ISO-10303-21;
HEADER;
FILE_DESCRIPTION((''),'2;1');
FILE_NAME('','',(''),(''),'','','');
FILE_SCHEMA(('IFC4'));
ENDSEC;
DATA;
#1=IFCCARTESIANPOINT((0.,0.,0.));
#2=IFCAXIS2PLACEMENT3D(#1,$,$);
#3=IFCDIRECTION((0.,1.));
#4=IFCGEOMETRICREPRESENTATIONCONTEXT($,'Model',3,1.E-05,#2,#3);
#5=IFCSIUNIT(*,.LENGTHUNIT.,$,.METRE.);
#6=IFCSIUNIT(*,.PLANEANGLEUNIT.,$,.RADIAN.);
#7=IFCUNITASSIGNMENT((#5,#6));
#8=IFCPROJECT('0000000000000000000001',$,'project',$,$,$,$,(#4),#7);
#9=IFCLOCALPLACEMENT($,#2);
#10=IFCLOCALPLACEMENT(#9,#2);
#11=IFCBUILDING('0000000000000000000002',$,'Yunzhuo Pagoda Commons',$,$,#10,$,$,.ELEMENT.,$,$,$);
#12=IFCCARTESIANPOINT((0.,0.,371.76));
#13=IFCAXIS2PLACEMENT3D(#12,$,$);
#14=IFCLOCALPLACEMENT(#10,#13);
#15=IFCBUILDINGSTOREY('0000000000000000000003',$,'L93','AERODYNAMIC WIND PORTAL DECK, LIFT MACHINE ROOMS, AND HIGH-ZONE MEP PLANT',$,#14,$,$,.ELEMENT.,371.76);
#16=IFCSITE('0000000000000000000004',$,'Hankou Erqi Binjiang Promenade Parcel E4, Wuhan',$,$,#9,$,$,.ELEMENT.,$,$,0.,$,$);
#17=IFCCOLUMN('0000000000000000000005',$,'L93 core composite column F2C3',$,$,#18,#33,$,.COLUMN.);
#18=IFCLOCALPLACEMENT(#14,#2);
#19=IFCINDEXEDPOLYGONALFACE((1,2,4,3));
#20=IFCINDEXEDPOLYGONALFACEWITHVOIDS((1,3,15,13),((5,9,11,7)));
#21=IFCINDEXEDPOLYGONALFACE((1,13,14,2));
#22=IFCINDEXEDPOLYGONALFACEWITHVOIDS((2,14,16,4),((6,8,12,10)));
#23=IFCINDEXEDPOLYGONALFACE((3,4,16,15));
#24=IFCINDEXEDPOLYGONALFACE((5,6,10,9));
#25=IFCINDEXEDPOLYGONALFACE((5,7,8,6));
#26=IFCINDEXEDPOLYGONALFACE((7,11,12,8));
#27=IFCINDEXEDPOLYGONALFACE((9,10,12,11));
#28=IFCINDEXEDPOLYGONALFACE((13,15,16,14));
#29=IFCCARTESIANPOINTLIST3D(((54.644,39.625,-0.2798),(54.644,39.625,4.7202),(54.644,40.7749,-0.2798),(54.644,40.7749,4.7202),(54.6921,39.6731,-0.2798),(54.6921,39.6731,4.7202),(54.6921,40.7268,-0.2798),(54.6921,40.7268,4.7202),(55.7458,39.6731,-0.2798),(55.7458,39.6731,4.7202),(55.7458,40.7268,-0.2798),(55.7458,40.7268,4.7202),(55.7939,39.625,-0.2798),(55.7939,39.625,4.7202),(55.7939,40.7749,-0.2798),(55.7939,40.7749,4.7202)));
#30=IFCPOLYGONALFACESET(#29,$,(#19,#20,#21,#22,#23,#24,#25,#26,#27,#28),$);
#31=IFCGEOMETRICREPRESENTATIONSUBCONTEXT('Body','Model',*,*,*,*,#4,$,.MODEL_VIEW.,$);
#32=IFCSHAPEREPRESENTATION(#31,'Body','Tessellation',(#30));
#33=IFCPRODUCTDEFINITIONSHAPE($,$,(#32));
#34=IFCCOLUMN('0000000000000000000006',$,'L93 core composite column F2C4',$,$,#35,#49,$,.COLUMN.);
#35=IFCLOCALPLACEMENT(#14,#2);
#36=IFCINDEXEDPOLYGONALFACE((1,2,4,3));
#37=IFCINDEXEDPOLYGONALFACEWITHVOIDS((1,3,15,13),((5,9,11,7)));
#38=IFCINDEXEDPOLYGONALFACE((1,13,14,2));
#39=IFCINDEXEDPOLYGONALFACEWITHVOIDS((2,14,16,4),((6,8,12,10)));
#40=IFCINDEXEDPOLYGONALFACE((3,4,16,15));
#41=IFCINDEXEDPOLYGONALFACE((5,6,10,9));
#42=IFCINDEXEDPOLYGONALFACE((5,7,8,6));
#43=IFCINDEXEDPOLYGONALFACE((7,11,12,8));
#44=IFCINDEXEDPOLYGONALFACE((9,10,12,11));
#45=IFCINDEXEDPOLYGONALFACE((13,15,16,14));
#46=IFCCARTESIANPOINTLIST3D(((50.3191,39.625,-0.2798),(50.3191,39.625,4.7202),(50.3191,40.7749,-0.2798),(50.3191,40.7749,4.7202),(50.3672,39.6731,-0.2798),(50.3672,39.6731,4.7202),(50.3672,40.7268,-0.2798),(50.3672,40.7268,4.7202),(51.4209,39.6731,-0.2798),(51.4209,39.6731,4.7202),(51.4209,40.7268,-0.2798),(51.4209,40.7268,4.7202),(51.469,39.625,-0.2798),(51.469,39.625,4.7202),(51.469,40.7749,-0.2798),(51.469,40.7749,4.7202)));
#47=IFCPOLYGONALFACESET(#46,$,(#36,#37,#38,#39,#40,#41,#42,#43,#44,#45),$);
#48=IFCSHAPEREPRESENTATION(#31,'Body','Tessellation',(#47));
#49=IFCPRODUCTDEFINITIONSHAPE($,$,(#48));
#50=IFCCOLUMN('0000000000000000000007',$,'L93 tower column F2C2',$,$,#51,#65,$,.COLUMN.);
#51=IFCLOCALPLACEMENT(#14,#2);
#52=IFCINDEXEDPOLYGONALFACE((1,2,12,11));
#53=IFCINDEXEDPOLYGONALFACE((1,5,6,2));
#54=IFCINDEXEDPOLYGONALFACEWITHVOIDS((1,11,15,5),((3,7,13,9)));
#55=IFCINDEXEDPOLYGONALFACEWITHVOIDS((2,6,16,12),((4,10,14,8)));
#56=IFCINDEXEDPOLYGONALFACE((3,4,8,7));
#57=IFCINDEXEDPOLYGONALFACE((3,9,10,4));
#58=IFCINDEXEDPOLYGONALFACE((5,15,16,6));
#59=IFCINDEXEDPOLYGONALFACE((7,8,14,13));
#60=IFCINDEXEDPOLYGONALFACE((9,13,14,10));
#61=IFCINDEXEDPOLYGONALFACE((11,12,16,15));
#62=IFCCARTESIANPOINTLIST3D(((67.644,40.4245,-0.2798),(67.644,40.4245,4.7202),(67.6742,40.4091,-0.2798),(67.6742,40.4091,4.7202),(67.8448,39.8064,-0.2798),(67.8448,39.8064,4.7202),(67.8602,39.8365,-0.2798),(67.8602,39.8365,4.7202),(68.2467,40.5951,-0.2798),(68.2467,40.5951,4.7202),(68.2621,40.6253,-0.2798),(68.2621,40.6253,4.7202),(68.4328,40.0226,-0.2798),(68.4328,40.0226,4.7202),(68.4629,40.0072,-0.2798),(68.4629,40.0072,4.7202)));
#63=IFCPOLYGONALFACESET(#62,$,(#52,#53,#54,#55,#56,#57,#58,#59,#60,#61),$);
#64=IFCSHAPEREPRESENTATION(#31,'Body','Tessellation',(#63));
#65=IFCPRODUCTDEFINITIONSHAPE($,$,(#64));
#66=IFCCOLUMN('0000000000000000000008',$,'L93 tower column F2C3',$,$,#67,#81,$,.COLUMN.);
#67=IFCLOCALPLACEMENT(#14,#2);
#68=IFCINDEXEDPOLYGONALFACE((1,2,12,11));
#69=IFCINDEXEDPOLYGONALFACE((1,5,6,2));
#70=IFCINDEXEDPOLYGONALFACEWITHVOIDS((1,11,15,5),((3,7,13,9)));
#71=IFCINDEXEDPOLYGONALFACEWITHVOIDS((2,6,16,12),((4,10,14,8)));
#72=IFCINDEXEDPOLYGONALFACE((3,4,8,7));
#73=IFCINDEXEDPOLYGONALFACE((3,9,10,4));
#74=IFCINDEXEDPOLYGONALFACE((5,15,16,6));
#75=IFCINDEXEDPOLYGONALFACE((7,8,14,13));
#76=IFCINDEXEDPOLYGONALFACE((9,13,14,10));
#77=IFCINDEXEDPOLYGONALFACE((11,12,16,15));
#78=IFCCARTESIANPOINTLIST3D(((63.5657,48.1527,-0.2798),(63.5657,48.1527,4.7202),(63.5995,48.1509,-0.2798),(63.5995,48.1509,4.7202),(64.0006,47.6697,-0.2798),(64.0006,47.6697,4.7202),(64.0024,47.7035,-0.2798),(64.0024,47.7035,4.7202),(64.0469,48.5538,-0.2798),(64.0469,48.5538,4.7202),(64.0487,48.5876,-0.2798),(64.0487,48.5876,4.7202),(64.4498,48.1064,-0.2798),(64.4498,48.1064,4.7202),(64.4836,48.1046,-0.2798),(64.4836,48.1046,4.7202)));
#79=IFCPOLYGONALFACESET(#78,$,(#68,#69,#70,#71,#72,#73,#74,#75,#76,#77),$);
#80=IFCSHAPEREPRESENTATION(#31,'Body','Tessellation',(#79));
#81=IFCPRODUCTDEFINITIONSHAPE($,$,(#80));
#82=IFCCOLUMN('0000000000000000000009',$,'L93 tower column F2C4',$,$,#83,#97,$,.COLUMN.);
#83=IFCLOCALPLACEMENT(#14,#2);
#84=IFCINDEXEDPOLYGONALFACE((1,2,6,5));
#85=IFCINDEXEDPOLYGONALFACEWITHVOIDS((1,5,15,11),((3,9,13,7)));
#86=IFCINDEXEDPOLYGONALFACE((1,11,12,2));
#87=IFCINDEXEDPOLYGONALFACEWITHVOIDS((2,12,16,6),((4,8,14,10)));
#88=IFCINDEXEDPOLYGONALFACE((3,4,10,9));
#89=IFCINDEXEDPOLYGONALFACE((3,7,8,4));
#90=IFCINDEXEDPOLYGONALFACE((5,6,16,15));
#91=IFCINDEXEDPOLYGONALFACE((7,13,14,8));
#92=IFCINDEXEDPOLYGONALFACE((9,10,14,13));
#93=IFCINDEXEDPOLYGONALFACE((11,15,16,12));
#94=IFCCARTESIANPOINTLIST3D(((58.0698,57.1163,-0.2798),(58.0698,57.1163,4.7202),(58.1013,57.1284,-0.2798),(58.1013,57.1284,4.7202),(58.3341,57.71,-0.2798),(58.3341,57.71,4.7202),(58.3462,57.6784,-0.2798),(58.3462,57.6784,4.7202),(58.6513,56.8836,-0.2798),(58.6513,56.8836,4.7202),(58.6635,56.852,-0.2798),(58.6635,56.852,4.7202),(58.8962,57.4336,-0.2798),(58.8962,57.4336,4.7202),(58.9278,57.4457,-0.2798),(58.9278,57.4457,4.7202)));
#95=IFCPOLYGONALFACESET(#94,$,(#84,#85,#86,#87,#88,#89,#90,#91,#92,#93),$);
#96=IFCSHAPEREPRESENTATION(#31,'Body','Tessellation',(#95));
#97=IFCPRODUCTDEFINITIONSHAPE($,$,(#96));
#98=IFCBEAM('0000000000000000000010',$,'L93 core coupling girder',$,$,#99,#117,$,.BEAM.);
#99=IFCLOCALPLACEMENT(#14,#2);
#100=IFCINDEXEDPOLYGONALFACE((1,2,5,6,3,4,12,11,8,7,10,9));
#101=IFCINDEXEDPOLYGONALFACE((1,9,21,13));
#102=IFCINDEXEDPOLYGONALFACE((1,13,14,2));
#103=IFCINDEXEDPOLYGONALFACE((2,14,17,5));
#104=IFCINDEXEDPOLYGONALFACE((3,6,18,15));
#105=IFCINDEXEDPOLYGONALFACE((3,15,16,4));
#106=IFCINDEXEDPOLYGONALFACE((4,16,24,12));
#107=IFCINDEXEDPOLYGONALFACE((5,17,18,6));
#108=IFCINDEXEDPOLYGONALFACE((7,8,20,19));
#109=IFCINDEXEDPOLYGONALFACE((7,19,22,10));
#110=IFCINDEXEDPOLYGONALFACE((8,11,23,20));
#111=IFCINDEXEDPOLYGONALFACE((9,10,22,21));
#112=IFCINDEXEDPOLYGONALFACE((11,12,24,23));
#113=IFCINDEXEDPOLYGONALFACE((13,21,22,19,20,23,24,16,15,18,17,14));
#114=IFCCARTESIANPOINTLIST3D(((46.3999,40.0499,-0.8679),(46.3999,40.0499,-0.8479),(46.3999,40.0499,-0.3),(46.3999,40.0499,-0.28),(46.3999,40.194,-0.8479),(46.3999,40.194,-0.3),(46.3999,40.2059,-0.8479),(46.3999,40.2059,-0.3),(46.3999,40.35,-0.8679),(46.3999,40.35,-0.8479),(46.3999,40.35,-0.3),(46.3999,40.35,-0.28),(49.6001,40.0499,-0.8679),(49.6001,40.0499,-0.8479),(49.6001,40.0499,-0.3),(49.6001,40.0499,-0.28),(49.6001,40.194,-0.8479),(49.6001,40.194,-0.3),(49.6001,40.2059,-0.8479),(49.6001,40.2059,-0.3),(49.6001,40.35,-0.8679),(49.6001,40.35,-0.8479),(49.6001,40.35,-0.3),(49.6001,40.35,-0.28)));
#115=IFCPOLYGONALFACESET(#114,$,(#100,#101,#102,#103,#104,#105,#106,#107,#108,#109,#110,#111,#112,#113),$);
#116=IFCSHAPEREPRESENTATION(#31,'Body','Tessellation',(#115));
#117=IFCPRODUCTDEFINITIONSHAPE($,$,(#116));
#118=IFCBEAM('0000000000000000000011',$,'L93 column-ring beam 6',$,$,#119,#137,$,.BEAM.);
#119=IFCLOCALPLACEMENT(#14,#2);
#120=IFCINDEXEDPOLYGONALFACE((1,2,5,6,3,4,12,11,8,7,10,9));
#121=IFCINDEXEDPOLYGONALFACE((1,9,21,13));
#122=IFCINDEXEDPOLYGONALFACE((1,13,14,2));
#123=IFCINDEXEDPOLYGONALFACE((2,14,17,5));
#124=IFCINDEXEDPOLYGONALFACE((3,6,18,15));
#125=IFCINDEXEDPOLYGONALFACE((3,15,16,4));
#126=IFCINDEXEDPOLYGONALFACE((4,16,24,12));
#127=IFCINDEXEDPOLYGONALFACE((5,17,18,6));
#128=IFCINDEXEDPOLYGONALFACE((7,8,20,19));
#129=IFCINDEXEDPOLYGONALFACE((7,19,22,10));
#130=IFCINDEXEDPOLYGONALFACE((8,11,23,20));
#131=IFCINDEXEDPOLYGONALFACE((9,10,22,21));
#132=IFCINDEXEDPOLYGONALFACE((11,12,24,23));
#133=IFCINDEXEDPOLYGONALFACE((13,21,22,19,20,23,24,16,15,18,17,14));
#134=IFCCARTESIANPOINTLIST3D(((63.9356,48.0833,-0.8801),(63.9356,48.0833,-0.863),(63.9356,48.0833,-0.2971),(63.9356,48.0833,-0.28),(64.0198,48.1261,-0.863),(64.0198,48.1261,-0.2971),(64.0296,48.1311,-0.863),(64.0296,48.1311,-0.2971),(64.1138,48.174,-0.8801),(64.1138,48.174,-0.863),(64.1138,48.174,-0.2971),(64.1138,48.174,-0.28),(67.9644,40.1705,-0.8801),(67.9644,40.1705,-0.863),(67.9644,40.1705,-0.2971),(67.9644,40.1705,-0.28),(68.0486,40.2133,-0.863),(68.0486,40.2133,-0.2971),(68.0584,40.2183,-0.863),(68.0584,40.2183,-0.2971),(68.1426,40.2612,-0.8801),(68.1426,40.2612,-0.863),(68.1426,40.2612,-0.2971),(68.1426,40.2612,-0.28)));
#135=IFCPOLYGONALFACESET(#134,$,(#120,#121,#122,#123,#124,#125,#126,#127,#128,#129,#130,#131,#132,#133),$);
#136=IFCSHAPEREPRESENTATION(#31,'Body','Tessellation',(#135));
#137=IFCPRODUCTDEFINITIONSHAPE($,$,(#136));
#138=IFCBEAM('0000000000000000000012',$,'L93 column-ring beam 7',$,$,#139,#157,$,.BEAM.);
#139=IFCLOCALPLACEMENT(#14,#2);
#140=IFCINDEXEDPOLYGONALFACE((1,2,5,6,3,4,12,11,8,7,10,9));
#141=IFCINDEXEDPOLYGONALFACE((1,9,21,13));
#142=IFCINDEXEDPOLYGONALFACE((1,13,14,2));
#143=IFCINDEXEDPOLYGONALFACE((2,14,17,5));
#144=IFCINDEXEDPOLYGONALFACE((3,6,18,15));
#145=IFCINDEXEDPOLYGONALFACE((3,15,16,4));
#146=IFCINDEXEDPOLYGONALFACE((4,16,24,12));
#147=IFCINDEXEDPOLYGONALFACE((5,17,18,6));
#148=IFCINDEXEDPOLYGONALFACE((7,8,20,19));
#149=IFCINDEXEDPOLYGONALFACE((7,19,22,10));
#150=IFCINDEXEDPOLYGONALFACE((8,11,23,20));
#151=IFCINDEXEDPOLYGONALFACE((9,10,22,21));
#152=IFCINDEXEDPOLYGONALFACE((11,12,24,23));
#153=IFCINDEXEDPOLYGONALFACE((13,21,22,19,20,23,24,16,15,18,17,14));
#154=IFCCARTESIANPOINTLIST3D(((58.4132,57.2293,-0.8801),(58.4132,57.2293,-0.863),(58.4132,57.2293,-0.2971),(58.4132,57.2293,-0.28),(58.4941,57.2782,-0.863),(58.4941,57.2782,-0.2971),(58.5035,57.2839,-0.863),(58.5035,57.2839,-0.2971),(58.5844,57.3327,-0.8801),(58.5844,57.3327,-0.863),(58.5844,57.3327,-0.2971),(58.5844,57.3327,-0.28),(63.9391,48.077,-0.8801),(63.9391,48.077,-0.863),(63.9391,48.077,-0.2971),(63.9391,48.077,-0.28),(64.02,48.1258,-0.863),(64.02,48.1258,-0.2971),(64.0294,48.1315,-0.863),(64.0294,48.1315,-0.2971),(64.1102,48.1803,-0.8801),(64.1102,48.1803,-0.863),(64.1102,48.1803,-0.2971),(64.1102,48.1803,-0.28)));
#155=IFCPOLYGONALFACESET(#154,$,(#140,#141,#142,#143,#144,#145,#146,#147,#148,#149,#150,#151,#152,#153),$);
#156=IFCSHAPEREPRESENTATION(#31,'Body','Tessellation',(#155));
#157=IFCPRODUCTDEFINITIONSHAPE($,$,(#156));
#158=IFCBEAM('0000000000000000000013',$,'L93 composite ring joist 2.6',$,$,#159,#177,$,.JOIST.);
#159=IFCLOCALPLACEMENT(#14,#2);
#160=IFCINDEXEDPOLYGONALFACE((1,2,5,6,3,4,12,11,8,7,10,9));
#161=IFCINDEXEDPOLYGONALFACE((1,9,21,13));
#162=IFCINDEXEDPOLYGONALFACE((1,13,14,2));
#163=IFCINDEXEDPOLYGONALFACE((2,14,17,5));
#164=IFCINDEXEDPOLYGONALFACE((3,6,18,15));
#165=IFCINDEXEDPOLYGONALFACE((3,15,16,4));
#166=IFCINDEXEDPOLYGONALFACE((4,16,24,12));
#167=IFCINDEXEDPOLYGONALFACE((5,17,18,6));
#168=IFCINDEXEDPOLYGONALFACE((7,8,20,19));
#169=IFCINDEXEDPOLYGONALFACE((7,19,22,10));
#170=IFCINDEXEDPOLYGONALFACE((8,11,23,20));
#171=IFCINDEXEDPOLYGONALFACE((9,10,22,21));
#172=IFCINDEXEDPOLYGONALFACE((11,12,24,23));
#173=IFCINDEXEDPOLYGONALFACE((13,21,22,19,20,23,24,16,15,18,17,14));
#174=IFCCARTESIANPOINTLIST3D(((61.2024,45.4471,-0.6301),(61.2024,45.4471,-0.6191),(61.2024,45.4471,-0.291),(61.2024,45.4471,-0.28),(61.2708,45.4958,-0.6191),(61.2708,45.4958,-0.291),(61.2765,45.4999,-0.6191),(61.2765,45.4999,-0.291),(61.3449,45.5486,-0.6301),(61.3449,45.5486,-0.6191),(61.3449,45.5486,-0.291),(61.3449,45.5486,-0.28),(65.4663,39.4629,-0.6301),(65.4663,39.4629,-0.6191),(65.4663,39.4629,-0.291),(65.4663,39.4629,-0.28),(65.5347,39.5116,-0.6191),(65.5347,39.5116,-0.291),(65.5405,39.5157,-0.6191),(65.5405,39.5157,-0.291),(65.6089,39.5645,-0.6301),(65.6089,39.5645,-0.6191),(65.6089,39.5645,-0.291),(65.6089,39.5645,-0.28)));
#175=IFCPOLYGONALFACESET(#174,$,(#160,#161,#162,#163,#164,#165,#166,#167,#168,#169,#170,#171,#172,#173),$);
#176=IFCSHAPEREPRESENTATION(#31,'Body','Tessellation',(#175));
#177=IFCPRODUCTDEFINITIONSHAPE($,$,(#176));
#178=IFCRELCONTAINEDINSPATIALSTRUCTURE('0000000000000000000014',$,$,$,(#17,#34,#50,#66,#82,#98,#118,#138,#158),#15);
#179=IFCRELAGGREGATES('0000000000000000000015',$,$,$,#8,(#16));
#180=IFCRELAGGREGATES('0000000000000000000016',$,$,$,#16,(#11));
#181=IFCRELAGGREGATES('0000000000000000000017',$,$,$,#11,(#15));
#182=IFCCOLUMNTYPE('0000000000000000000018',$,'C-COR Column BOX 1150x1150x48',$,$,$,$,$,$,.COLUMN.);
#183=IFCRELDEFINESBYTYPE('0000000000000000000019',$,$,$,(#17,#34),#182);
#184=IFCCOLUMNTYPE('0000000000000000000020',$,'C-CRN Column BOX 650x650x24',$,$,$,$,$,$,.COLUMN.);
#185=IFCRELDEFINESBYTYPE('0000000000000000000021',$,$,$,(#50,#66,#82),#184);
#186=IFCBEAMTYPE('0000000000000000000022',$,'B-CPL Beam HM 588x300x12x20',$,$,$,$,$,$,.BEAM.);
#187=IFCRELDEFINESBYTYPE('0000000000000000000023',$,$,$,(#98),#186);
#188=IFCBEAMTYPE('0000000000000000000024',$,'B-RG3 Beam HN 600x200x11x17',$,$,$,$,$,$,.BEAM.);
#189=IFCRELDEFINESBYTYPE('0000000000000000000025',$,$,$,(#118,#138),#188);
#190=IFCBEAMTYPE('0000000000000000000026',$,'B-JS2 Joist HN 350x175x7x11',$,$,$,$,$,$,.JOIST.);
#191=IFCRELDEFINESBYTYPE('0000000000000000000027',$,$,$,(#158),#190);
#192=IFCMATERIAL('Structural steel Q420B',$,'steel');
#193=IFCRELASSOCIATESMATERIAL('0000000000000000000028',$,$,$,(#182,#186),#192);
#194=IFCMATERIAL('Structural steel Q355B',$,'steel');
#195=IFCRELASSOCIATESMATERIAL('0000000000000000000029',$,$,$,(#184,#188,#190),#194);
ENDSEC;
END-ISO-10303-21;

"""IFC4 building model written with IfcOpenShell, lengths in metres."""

from ifc_helpers import new_model, si_unit, direction, frame, origin, origin_2d, place, context, subcontext, project, spatial, hollow_rectangle, i_section, extrude, source, transform, mapped, material, material_profile, profile_set, type_object, element, save


model = new_model("IFC4")

# Units and contexts
model_context = context("Model", 3, precision=1e-05, world=origin(), true_north=direction((0.0, 1.0)))
body_context = subcontext(model_context, "Body", "Model", "MODEL_VIEW")
ifc_project = project(units=[si_unit("LENGTHUNIT", "METRE"), si_unit("PLANEANGLEUNIT", "RADIAN")], contexts=[model_context])

# Site, building, storey
site_placement = place(None, origin())
site = spatial("IfcSite", under=ifc_project, at=site_placement, Name="Hankou Erqi Binjiang Promenade Parcel E4, Wuhan", CompositionType="ELEMENT", RefElevation=0.0)
building_placement = place(site_placement, origin())
building = spatial("IfcBuilding", under=site, at=building_placement, Name="Yunzhuo Pagoda Commons", CompositionType="ELEMENT")
storey_placement = place(building_placement, frame((0.0, 0.0, 371.76)))
storey = spatial("IfcBuildingStorey", under=building, at=storey_placement, Name="L93", Description="AERODYNAMIC WIND PORTAL DECK, LIFT MACHINE ROOMS, AND HIGH-ZONE MEP PLANT", CompositionType="ELEMENT", Elevation=371.76)

# Columns
ifc_material_1 = material(Name="Structural steel Q420B", Category="steel")
ifc_material_profile_1 = material_profile(ifc_material_1, hollow_rectangle(XDim=1.1499, YDim=1.1499, WallThickness=0.0481, at=origin_2d()), Name="Structural steel Q420B")
ifc_profile_set_1 = profile_set([ifc_material_profile_1], Name="Structural steel Q420B")
column_type_1 = type_object("IfcColumnType", Name="C-COR Column BOX 1150x1150x48", PredefinedType="COLUMN", material=ifc_profile_set_1)
shared_shape_1 = source(origin(), body_context, "Body", "SweptSolid", [
    extrude(hollow_rectangle(XDim=1.1499, YDim=1.1499, WallThickness=0.0481, at=origin_2d()), origin(), (0.0, 0.0, 1.0), 5.0),
])
for number, where, z_axis, x_axis, name in (
    (1, (55.219, 40.2, -0.2798), (0.0, 0.0, 1.0), (1.0, 0.0, 0.0), "L93 core composite column F2C3"),
    (2, (50.894, 40.2, -0.2798), (0.0, 0.0, 1.0), (1.0, 0.0, 0.0), "L93 core composite column F2C4"),
):
    element("IfcColumn", number, at=place(storey_placement, frame(where, z_axis=z_axis, x_axis=x_axis)), inside=storey, type_object=column_type_1, Name=name, PredefinedType="COLUMN", context=body_context, shape_type="MappedRepresentation", body=[
        mapped(shared_shape_1, transform((0.0, 0.0, 0.0), scale=1.0)),
    ])
ifc_material_2 = material(Name="Structural steel Q355B", Category="steel")
ifc_material_profile_2 = material_profile(ifc_material_2, hollow_rectangle(XDim=0.6499, YDim=0.6499, WallThickness=0.0239, at=origin_2d()), Name="Structural steel Q355B")
ifc_profile_set_2 = profile_set([ifc_material_profile_2], Name="Structural steel Q355B")
column_type_2 = type_object("IfcColumnType", Name="C-CRN Column BOX 650x650x24", PredefinedType="COLUMN", material=ifc_profile_set_2)
shared_shape_2 = source(origin(), body_context, "Body", "SweptSolid", [
    extrude(hollow_rectangle(XDim=0.6499, YDim=0.6499, WallThickness=0.0239, at=origin_2d()), origin(), (0.0, 0.0, 1.0), 5.0),
])
for number, where, z_axis, x_axis, name in (
    (3, (68.0535, 40.2158, -0.2798), (0.0, 0.0, 1.0), (-0.309017, 0.951057, 0.0), "L93 tower column F2C2"),
    (4, (64.0247, 48.1287, -0.2798), (0.0, 0.0, 1.0), (-0.669131, 0.743145, 0.0), "L93 tower column F2C3"),
    (5, (58.4988, 57.281, -0.2798), (0.0, 0.0, 1.0), (-0.913545, 0.406737, 0.0), "L93 tower column F2C4"),
):
    element("IfcColumn", number, at=place(storey_placement, frame(where, z_axis=z_axis, x_axis=x_axis)), inside=storey, type_object=column_type_2, Name=name, PredefinedType="COLUMN", context=body_context, shape_type="MappedRepresentation", body=[
        mapped(shared_shape_2, transform((0.0, 0.0, 0.0), scale=1.0)),
    ])

# Beams
ifc_material_profile_3 = material_profile(ifc_material_1, i_section(OverallWidth=0.3, OverallDepth=0.5879, WebThickness=0.012, FlangeThickness=0.02, at=origin_2d()), Name="Structural steel Q420B")
ifc_profile_set_3 = profile_set([ifc_material_profile_3], Name="Structural steel Q420B")
beam_type_1 = type_object("IfcBeamType", Name="B-CPL Beam HM 588x300x12x20", PredefinedType="BEAM", material=ifc_profile_set_3)
shared_shape_3 = source(origin(), body_context, "Body", "SweptSolid", [
    extrude(i_section(OverallWidth=0.3, OverallDepth=0.5879, WebThickness=0.012, FlangeThickness=0.02, at=origin_2d()), origin(), (0.0, 0.0, 1.0), 3.2002),
])
beam_1_placement = place(storey_placement, frame((46.3999, 40.2, -0.574), z_axis=(1.0, 0.0, 0.0), x_axis=(0.0, 1.0, 0.0)))
element("IfcBeam", 6, at=beam_1_placement, inside=storey, type_object=beam_type_1, Name="L93 core coupling girder", PredefinedType="BEAM", context=body_context, shape_type="MappedRepresentation", body=[
    mapped(shared_shape_3, transform((0.0, 0.0, 0.0), scale=1.0)),
])
ifc_material_profile_4 = material_profile(ifc_material_2, i_section(OverallWidth=0.2, OverallDepth=0.6001, WebThickness=0.011, FlangeThickness=0.0171, at=origin_2d()), Name="Structural steel Q355B")
ifc_profile_set_4 = profile_set([ifc_material_profile_4], Name="Structural steel Q355B")
beam_type_2 = type_object("IfcBeamType", Name="B-RG3 Beam HN 600x200x11x17", PredefinedType="BEAM", material=ifc_profile_set_4)
shared_shape_4 = source(origin(), body_context, "Body", "SweptSolid", [
    extrude(i_section(OverallWidth=0.2, OverallDepth=0.6001, WebThickness=0.011, FlangeThickness=0.0171, at=origin_2d()), origin(), (0.0, 0.0, 1.0), 8.8794),
])
beam_2_placement = place(storey_placement, frame((68.0535, 40.2158, -0.5801), z_axis=(-0.453724, 0.891142, 0.0), x_axis=(-0.891142, -0.453724, 0.0)))
element("IfcBeam", 7, at=beam_2_placement, inside=storey, type_object=beam_type_2, Name="L93 column-ring beam 6", PredefinedType="BEAM", context=body_context, shape_type="MappedRepresentation", body=[
    mapped(shared_shape_4, transform((0.0, 0.0, 0.0), scale=1.0)),
])
shared_shape_5 = source(origin(), body_context, "Body", "SweptSolid", [
    extrude(i_section(OverallWidth=0.2, OverallDepth=0.6001, WebThickness=0.011, FlangeThickness=0.0171, at=origin_2d()), origin(), (0.0, 0.0, 1.0), 10.6912),
])
beam_3_placement = place(storey_placement, frame((64.0247, 48.1287, -0.5801), z_axis=(-0.516865, 0.856067, 0.0), x_axis=(-0.856067, -0.516865, 0.0)))
element("IfcBeam", 8, at=beam_3_placement, inside=storey, type_object=beam_type_2, Name="L93 column-ring beam 7", PredefinedType="BEAM", context=body_context, shape_type="MappedRepresentation", body=[
    mapped(shared_shape_5, transform((0.0, 0.0, 0.0), scale=1.0)),
])
ifc_material_profile_5 = material_profile(ifc_material_2, i_section(OverallWidth=0.175, OverallDepth=0.3501, WebThickness=0.0071, FlangeThickness=0.011, at=origin_2d()), Name="Structural steel Q355B")
ifc_profile_set_5 = profile_set([ifc_material_profile_5], Name="Structural steel Q355B")
beam_type_3 = type_object("IfcBeamType", Name="B-JS2 Joist HN 350x175x7x11", PredefinedType="JOIST", material=ifc_profile_set_5)
shared_shape_6 = source(origin(), body_context, "Body", "SweptSolid", [
    extrude(i_section(OverallWidth=0.175, OverallDepth=0.3501, WebThickness=0.0071, FlangeThickness=0.011, at=origin_2d()), origin(), (0.0, 0.0, 1.0), 7.3479),
])
beam_4_placement = place(storey_placement, frame((65.5376, 39.5137, -0.4551), z_axis=(-0.580295, 0.814406, 0.0), x_axis=(-0.814406, -0.580295, 0.0)))
element("IfcBeam", 9, at=beam_4_placement, inside=storey, type_object=beam_type_3, Name="L93 composite ring joist 2.6", PredefinedType="JOIST", context=body_context, shape_type="MappedRepresentation", body=[
    mapped(shared_shape_6, transform((0.0, 0.0, 0.0), scale=1.0)),
])

save(model, "model.ifc")
